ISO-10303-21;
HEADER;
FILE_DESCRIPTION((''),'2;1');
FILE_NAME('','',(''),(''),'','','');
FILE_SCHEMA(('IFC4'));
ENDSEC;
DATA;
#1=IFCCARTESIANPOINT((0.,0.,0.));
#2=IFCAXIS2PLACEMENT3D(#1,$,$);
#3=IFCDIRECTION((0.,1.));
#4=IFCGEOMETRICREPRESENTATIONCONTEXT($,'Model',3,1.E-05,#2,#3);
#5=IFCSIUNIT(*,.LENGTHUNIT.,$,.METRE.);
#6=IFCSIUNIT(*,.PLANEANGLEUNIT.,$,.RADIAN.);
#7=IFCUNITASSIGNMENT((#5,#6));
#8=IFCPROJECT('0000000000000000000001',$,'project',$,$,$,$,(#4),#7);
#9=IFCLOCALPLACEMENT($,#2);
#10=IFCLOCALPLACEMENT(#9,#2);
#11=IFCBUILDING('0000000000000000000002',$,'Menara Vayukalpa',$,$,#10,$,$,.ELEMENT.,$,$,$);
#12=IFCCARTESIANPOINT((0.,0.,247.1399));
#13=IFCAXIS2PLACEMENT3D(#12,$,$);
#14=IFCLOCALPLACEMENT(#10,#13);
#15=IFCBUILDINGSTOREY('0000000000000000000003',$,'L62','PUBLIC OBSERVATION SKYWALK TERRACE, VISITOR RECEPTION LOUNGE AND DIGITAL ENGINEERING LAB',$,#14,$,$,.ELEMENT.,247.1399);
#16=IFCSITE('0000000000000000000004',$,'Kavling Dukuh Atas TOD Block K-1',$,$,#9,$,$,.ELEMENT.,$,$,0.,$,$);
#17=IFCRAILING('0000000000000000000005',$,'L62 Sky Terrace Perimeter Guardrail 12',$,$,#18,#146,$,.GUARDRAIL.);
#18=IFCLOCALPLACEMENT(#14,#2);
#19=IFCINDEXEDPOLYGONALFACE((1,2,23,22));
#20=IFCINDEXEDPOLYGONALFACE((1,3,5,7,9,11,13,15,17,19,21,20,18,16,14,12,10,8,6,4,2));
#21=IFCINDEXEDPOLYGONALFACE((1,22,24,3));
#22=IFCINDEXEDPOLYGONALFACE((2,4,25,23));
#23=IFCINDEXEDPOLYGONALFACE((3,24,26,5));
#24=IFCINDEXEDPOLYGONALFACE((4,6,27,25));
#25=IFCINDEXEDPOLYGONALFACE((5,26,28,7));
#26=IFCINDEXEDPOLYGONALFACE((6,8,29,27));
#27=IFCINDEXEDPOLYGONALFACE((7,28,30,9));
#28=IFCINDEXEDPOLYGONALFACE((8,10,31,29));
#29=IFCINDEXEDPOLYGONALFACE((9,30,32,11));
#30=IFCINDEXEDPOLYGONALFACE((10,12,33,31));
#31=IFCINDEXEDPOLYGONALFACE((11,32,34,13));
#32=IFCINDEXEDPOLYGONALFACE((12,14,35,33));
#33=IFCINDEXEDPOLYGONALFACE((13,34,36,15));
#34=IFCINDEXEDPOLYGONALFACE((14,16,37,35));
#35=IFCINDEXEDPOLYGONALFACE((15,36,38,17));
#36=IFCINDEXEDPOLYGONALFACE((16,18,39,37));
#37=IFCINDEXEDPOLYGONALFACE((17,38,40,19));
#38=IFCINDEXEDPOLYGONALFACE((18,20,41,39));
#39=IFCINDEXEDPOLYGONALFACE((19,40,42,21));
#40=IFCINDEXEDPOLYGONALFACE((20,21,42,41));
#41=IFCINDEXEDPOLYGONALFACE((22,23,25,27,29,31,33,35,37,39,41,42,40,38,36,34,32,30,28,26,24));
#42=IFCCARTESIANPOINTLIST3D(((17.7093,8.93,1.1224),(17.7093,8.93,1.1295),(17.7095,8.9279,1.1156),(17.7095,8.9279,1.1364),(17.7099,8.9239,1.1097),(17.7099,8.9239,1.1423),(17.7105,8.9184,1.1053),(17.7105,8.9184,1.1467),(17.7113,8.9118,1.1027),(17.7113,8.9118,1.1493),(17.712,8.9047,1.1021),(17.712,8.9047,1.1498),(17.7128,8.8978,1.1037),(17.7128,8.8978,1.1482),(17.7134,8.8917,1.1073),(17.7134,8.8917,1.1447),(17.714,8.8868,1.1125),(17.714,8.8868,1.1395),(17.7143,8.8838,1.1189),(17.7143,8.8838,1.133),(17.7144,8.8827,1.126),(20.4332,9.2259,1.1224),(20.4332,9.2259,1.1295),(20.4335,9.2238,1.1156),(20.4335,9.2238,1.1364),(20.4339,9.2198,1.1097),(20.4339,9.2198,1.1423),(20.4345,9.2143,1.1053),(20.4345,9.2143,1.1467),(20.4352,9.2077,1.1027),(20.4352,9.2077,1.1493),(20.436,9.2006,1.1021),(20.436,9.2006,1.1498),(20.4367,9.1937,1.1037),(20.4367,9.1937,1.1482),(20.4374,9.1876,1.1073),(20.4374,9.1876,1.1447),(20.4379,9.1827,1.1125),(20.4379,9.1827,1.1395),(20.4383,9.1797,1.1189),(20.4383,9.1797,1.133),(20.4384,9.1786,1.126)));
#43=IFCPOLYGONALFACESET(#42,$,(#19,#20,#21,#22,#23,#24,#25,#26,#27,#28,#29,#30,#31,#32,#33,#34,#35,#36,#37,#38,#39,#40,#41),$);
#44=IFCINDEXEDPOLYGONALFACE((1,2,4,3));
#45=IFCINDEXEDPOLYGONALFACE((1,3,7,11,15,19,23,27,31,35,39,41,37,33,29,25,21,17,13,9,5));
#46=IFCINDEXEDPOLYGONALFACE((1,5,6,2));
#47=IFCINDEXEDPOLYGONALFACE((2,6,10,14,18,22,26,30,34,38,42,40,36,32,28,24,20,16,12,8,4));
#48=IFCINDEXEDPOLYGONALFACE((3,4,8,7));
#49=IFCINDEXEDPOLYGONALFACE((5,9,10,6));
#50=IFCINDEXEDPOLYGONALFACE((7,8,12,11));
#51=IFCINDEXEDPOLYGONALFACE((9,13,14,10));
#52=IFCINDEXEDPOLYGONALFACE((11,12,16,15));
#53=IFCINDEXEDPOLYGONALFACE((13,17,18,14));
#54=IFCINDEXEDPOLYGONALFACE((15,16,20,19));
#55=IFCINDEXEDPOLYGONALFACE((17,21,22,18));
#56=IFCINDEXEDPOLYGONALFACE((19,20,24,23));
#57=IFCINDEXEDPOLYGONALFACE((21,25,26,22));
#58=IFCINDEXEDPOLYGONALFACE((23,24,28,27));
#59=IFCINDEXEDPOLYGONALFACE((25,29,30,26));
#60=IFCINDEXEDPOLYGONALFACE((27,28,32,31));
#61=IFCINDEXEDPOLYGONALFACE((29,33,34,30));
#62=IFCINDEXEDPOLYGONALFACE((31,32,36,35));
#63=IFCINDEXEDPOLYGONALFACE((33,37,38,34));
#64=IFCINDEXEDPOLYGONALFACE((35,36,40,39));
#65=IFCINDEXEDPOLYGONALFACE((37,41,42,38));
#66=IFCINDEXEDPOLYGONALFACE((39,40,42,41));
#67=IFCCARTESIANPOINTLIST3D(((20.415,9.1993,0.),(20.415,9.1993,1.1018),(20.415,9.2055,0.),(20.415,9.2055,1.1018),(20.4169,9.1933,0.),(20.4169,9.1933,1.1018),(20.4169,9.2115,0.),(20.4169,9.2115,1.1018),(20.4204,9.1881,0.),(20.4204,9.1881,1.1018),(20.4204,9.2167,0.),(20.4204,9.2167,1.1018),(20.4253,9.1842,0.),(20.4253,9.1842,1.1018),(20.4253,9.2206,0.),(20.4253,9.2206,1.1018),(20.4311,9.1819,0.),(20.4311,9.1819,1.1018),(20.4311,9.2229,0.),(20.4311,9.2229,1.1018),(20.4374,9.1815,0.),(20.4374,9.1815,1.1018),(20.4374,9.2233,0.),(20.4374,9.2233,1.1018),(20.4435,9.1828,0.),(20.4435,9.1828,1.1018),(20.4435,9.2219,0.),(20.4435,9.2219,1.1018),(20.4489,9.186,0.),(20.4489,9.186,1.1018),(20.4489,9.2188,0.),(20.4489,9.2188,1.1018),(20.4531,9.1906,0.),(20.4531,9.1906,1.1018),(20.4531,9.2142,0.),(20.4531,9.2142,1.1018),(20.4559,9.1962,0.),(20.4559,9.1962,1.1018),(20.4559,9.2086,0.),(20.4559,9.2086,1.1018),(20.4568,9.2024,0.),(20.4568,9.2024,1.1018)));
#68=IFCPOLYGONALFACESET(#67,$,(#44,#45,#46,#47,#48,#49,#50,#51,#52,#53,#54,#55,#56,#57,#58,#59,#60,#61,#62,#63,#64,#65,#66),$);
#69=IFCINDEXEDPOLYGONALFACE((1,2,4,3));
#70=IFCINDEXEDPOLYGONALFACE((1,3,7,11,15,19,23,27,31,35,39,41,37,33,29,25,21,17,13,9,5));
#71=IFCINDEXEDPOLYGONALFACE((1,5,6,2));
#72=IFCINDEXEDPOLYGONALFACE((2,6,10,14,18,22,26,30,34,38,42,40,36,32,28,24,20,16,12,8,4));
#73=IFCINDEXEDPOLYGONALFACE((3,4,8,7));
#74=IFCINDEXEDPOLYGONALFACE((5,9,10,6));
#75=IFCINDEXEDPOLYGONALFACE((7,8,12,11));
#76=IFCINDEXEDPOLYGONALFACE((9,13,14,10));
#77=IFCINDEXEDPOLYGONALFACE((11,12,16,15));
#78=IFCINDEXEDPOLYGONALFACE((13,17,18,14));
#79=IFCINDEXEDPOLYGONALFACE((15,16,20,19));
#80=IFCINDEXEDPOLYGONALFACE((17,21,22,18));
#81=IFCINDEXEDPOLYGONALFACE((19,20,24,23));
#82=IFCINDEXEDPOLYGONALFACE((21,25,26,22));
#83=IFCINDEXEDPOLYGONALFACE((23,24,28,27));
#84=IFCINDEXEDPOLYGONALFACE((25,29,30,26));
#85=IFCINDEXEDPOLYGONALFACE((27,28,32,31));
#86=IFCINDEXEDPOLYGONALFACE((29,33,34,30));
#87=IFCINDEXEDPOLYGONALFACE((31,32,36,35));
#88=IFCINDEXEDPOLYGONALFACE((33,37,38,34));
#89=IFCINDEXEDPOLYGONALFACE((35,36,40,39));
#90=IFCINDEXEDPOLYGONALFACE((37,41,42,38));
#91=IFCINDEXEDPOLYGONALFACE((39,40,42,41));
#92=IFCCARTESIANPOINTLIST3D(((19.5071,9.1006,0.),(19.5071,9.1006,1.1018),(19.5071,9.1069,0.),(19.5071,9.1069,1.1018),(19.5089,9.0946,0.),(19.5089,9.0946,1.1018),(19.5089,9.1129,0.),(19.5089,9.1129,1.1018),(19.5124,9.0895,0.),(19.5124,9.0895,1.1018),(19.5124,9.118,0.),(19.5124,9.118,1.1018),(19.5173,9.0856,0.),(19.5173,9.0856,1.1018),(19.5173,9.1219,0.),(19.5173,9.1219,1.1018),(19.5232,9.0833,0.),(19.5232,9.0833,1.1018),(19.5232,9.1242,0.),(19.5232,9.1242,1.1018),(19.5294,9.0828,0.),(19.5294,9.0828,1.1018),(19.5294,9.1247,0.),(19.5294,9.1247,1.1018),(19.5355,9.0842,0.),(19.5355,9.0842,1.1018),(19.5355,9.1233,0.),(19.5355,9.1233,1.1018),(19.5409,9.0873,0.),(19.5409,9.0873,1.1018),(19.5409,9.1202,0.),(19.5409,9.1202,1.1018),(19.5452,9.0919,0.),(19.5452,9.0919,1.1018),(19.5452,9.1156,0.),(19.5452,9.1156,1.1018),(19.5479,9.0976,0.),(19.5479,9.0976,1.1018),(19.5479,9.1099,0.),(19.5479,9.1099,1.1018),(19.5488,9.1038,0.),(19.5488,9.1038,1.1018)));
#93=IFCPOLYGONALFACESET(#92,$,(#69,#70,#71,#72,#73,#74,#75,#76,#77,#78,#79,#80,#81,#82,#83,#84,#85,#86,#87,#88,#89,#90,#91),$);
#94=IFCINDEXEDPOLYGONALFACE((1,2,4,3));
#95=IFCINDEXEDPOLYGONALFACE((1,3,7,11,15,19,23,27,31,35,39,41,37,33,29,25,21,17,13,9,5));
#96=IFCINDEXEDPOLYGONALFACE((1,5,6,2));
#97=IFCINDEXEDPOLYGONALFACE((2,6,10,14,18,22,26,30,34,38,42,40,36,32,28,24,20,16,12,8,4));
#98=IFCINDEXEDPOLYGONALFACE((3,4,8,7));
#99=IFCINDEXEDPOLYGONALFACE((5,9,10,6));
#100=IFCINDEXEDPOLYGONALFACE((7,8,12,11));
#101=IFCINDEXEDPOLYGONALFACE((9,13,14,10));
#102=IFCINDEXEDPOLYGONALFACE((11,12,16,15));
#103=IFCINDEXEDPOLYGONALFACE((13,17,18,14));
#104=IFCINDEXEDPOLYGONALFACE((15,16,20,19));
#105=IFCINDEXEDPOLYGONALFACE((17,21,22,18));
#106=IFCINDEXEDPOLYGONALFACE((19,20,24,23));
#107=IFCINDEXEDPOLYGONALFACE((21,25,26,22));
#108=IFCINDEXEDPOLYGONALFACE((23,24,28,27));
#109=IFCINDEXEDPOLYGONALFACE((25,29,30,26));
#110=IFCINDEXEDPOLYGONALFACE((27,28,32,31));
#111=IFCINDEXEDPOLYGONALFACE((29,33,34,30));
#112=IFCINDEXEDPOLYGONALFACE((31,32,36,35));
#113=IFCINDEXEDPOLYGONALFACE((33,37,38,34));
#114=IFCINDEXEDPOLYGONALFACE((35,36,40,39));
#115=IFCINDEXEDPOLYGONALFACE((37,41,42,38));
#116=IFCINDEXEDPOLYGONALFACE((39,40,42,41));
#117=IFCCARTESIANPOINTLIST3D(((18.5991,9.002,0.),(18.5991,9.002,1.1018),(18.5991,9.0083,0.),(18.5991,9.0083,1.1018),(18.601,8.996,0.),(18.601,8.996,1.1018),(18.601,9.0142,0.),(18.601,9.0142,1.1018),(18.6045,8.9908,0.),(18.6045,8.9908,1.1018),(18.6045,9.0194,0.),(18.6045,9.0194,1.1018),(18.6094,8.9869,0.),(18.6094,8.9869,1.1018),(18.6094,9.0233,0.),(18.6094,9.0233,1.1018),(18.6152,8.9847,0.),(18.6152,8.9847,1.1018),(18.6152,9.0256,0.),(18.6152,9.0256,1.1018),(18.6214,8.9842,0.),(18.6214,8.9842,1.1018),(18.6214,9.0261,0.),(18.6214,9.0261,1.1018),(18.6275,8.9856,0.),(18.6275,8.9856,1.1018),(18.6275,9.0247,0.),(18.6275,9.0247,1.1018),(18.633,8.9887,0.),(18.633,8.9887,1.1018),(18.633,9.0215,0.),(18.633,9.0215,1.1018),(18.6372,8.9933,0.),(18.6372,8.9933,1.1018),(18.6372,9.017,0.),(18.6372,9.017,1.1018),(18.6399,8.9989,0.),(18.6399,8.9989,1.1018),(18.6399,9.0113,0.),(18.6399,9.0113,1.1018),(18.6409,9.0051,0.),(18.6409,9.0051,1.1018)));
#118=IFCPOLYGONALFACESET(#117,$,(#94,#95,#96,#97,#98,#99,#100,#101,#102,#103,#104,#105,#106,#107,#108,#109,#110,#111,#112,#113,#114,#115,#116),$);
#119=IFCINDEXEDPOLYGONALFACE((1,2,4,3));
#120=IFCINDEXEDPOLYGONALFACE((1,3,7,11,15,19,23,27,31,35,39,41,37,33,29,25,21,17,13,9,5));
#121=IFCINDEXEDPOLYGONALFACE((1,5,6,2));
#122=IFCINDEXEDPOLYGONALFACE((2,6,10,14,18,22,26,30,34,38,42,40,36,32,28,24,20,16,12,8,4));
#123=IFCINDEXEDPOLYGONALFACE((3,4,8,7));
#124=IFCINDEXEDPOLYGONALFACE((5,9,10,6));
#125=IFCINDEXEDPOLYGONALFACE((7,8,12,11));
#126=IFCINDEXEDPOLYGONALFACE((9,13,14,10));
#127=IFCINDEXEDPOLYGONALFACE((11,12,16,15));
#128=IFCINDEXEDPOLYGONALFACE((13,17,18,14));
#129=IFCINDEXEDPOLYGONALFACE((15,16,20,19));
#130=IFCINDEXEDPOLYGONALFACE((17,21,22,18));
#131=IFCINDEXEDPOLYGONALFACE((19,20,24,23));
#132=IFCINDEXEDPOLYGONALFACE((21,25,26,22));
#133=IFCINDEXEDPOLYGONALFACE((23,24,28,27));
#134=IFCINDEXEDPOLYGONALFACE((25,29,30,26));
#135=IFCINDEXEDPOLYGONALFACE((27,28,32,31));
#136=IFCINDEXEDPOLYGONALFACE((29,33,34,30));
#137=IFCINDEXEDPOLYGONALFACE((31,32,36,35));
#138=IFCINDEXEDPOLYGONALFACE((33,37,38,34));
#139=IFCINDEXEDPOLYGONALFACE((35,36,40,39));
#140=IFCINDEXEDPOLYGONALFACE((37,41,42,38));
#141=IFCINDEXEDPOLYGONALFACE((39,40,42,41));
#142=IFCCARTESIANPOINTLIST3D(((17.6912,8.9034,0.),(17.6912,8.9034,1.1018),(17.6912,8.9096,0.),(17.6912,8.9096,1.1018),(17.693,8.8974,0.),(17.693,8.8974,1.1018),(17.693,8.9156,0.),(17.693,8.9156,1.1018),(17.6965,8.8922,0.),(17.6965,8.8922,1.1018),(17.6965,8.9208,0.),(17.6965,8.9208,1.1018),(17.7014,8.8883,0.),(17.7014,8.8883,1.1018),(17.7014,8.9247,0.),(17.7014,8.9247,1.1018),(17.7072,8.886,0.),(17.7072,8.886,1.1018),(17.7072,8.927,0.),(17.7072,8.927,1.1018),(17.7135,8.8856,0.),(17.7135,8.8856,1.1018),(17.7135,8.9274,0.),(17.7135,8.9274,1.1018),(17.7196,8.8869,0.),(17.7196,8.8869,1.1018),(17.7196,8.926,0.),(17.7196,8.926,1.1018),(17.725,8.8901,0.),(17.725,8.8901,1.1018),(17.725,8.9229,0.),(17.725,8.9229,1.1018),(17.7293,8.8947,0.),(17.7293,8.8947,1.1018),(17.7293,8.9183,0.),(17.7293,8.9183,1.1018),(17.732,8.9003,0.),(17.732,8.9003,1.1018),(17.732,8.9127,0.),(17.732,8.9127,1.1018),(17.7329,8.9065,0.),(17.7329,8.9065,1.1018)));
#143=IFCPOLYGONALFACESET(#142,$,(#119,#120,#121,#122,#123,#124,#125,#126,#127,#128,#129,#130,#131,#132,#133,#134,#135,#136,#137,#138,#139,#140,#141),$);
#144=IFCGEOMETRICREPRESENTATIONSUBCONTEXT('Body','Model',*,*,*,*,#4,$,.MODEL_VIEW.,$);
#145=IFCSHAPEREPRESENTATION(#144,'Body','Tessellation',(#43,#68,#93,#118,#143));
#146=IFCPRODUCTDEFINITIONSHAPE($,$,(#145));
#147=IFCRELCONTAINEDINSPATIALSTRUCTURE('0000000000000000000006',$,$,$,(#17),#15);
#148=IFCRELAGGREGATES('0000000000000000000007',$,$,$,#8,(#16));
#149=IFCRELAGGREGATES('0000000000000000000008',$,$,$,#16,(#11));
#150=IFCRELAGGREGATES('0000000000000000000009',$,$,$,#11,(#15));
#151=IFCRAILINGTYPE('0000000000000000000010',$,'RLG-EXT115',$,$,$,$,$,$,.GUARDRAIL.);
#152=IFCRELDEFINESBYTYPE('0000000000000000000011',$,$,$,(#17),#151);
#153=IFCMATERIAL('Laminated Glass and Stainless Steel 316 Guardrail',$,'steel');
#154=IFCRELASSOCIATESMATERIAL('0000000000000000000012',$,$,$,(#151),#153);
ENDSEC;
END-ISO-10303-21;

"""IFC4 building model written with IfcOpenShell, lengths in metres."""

from ifc_helpers import new_model, si_unit, direction, frame, origin, origin_2d, place, context, subcontext, project, spatial, circle, extrude, material, type_object, element, save


model = new_model("IFC4")

# Units and contexts
model_context = context("Model", 3, precision=1e-05, world=origin(), true_north=direction((0.0, 1.0)))
body_context = subcontext(model_context, "Body", "Model", "MODEL_VIEW")
ifc_project = project(units=[si_unit("LENGTHUNIT", "METRE"), si_unit("PLANEANGLEUNIT", "RADIAN")], contexts=[model_context])

# Site, building, storey
site_placement = place(None, origin())
site = spatial("IfcSite", under=ifc_project, at=site_placement, Name="Kavling Dukuh Atas TOD Block K-1", CompositionType="ELEMENT", RefElevation=0.0)
building_placement = place(site_placement, origin())
building = spatial("IfcBuilding", under=site, at=building_placement, Name="Menara Vayukalpa", CompositionType="ELEMENT")
storey_placement = place(building_placement, frame((0.0, 0.0, 247.1399)))
storey = spatial("IfcBuildingStorey", under=building, at=storey_placement, Name="L62", Description="PUBLIC OBSERVATION SKYWALK TERRACE, VISITOR RECEPTION LOUNGE AND DIGITAL ENGINEERING LAB", CompositionType="ELEMENT", Elevation=247.1399)

# Railing
ifc_material_1 = material(Name="Laminated Glass and Stainless Steel 316 Guardrail", Category="steel")
railing_type = type_object("IfcRailingType", Name="RLG-EXT115", PredefinedType="GUARDRAIL", material=ifc_material_1)
railing_placement = place(storey_placement, frame((20.4358, 9.2024, 0.0)))
element("IfcRailing", 1, at=railing_placement, inside=storey, type_object=railing_type, Name="L62 Sky Terrace Perimeter Guardrail 12", PredefinedType="GUARDRAIL", context=body_context, shape_type="SweptSolid", body=[
    extrude(circle(Radius=0.0239, at=origin_2d()), frame((0.0, 0.0, 1.126), z_axis=(-0.994151, -0.107996, 0.0), x_axis=(0.107996, -0.994151, 0.0)), (0.0, 0.0, 1.0), 2.74),
    extrude(circle(Radius=0.021, at=origin_2d()), origin(), (0.0, 0.0, 1.0), 1.1018),
    extrude(circle(Radius=0.021, at=origin_2d()), frame((-0.908, -0.0986, 0.0)), (0.0, 0.0, 1.0), 1.1018),
    extrude(circle(Radius=0.021, at=origin_2d()), frame((-1.8159, -0.1973, 0.0)), (0.0, 0.0, 1.0), 1.1018),
    extrude(circle(Radius=0.021, at=origin_2d()), frame((-2.7239, -0.2959, 0.0)), (0.0, 0.0, 1.0), 1.1018),
])

save(model, "model.ifc")
